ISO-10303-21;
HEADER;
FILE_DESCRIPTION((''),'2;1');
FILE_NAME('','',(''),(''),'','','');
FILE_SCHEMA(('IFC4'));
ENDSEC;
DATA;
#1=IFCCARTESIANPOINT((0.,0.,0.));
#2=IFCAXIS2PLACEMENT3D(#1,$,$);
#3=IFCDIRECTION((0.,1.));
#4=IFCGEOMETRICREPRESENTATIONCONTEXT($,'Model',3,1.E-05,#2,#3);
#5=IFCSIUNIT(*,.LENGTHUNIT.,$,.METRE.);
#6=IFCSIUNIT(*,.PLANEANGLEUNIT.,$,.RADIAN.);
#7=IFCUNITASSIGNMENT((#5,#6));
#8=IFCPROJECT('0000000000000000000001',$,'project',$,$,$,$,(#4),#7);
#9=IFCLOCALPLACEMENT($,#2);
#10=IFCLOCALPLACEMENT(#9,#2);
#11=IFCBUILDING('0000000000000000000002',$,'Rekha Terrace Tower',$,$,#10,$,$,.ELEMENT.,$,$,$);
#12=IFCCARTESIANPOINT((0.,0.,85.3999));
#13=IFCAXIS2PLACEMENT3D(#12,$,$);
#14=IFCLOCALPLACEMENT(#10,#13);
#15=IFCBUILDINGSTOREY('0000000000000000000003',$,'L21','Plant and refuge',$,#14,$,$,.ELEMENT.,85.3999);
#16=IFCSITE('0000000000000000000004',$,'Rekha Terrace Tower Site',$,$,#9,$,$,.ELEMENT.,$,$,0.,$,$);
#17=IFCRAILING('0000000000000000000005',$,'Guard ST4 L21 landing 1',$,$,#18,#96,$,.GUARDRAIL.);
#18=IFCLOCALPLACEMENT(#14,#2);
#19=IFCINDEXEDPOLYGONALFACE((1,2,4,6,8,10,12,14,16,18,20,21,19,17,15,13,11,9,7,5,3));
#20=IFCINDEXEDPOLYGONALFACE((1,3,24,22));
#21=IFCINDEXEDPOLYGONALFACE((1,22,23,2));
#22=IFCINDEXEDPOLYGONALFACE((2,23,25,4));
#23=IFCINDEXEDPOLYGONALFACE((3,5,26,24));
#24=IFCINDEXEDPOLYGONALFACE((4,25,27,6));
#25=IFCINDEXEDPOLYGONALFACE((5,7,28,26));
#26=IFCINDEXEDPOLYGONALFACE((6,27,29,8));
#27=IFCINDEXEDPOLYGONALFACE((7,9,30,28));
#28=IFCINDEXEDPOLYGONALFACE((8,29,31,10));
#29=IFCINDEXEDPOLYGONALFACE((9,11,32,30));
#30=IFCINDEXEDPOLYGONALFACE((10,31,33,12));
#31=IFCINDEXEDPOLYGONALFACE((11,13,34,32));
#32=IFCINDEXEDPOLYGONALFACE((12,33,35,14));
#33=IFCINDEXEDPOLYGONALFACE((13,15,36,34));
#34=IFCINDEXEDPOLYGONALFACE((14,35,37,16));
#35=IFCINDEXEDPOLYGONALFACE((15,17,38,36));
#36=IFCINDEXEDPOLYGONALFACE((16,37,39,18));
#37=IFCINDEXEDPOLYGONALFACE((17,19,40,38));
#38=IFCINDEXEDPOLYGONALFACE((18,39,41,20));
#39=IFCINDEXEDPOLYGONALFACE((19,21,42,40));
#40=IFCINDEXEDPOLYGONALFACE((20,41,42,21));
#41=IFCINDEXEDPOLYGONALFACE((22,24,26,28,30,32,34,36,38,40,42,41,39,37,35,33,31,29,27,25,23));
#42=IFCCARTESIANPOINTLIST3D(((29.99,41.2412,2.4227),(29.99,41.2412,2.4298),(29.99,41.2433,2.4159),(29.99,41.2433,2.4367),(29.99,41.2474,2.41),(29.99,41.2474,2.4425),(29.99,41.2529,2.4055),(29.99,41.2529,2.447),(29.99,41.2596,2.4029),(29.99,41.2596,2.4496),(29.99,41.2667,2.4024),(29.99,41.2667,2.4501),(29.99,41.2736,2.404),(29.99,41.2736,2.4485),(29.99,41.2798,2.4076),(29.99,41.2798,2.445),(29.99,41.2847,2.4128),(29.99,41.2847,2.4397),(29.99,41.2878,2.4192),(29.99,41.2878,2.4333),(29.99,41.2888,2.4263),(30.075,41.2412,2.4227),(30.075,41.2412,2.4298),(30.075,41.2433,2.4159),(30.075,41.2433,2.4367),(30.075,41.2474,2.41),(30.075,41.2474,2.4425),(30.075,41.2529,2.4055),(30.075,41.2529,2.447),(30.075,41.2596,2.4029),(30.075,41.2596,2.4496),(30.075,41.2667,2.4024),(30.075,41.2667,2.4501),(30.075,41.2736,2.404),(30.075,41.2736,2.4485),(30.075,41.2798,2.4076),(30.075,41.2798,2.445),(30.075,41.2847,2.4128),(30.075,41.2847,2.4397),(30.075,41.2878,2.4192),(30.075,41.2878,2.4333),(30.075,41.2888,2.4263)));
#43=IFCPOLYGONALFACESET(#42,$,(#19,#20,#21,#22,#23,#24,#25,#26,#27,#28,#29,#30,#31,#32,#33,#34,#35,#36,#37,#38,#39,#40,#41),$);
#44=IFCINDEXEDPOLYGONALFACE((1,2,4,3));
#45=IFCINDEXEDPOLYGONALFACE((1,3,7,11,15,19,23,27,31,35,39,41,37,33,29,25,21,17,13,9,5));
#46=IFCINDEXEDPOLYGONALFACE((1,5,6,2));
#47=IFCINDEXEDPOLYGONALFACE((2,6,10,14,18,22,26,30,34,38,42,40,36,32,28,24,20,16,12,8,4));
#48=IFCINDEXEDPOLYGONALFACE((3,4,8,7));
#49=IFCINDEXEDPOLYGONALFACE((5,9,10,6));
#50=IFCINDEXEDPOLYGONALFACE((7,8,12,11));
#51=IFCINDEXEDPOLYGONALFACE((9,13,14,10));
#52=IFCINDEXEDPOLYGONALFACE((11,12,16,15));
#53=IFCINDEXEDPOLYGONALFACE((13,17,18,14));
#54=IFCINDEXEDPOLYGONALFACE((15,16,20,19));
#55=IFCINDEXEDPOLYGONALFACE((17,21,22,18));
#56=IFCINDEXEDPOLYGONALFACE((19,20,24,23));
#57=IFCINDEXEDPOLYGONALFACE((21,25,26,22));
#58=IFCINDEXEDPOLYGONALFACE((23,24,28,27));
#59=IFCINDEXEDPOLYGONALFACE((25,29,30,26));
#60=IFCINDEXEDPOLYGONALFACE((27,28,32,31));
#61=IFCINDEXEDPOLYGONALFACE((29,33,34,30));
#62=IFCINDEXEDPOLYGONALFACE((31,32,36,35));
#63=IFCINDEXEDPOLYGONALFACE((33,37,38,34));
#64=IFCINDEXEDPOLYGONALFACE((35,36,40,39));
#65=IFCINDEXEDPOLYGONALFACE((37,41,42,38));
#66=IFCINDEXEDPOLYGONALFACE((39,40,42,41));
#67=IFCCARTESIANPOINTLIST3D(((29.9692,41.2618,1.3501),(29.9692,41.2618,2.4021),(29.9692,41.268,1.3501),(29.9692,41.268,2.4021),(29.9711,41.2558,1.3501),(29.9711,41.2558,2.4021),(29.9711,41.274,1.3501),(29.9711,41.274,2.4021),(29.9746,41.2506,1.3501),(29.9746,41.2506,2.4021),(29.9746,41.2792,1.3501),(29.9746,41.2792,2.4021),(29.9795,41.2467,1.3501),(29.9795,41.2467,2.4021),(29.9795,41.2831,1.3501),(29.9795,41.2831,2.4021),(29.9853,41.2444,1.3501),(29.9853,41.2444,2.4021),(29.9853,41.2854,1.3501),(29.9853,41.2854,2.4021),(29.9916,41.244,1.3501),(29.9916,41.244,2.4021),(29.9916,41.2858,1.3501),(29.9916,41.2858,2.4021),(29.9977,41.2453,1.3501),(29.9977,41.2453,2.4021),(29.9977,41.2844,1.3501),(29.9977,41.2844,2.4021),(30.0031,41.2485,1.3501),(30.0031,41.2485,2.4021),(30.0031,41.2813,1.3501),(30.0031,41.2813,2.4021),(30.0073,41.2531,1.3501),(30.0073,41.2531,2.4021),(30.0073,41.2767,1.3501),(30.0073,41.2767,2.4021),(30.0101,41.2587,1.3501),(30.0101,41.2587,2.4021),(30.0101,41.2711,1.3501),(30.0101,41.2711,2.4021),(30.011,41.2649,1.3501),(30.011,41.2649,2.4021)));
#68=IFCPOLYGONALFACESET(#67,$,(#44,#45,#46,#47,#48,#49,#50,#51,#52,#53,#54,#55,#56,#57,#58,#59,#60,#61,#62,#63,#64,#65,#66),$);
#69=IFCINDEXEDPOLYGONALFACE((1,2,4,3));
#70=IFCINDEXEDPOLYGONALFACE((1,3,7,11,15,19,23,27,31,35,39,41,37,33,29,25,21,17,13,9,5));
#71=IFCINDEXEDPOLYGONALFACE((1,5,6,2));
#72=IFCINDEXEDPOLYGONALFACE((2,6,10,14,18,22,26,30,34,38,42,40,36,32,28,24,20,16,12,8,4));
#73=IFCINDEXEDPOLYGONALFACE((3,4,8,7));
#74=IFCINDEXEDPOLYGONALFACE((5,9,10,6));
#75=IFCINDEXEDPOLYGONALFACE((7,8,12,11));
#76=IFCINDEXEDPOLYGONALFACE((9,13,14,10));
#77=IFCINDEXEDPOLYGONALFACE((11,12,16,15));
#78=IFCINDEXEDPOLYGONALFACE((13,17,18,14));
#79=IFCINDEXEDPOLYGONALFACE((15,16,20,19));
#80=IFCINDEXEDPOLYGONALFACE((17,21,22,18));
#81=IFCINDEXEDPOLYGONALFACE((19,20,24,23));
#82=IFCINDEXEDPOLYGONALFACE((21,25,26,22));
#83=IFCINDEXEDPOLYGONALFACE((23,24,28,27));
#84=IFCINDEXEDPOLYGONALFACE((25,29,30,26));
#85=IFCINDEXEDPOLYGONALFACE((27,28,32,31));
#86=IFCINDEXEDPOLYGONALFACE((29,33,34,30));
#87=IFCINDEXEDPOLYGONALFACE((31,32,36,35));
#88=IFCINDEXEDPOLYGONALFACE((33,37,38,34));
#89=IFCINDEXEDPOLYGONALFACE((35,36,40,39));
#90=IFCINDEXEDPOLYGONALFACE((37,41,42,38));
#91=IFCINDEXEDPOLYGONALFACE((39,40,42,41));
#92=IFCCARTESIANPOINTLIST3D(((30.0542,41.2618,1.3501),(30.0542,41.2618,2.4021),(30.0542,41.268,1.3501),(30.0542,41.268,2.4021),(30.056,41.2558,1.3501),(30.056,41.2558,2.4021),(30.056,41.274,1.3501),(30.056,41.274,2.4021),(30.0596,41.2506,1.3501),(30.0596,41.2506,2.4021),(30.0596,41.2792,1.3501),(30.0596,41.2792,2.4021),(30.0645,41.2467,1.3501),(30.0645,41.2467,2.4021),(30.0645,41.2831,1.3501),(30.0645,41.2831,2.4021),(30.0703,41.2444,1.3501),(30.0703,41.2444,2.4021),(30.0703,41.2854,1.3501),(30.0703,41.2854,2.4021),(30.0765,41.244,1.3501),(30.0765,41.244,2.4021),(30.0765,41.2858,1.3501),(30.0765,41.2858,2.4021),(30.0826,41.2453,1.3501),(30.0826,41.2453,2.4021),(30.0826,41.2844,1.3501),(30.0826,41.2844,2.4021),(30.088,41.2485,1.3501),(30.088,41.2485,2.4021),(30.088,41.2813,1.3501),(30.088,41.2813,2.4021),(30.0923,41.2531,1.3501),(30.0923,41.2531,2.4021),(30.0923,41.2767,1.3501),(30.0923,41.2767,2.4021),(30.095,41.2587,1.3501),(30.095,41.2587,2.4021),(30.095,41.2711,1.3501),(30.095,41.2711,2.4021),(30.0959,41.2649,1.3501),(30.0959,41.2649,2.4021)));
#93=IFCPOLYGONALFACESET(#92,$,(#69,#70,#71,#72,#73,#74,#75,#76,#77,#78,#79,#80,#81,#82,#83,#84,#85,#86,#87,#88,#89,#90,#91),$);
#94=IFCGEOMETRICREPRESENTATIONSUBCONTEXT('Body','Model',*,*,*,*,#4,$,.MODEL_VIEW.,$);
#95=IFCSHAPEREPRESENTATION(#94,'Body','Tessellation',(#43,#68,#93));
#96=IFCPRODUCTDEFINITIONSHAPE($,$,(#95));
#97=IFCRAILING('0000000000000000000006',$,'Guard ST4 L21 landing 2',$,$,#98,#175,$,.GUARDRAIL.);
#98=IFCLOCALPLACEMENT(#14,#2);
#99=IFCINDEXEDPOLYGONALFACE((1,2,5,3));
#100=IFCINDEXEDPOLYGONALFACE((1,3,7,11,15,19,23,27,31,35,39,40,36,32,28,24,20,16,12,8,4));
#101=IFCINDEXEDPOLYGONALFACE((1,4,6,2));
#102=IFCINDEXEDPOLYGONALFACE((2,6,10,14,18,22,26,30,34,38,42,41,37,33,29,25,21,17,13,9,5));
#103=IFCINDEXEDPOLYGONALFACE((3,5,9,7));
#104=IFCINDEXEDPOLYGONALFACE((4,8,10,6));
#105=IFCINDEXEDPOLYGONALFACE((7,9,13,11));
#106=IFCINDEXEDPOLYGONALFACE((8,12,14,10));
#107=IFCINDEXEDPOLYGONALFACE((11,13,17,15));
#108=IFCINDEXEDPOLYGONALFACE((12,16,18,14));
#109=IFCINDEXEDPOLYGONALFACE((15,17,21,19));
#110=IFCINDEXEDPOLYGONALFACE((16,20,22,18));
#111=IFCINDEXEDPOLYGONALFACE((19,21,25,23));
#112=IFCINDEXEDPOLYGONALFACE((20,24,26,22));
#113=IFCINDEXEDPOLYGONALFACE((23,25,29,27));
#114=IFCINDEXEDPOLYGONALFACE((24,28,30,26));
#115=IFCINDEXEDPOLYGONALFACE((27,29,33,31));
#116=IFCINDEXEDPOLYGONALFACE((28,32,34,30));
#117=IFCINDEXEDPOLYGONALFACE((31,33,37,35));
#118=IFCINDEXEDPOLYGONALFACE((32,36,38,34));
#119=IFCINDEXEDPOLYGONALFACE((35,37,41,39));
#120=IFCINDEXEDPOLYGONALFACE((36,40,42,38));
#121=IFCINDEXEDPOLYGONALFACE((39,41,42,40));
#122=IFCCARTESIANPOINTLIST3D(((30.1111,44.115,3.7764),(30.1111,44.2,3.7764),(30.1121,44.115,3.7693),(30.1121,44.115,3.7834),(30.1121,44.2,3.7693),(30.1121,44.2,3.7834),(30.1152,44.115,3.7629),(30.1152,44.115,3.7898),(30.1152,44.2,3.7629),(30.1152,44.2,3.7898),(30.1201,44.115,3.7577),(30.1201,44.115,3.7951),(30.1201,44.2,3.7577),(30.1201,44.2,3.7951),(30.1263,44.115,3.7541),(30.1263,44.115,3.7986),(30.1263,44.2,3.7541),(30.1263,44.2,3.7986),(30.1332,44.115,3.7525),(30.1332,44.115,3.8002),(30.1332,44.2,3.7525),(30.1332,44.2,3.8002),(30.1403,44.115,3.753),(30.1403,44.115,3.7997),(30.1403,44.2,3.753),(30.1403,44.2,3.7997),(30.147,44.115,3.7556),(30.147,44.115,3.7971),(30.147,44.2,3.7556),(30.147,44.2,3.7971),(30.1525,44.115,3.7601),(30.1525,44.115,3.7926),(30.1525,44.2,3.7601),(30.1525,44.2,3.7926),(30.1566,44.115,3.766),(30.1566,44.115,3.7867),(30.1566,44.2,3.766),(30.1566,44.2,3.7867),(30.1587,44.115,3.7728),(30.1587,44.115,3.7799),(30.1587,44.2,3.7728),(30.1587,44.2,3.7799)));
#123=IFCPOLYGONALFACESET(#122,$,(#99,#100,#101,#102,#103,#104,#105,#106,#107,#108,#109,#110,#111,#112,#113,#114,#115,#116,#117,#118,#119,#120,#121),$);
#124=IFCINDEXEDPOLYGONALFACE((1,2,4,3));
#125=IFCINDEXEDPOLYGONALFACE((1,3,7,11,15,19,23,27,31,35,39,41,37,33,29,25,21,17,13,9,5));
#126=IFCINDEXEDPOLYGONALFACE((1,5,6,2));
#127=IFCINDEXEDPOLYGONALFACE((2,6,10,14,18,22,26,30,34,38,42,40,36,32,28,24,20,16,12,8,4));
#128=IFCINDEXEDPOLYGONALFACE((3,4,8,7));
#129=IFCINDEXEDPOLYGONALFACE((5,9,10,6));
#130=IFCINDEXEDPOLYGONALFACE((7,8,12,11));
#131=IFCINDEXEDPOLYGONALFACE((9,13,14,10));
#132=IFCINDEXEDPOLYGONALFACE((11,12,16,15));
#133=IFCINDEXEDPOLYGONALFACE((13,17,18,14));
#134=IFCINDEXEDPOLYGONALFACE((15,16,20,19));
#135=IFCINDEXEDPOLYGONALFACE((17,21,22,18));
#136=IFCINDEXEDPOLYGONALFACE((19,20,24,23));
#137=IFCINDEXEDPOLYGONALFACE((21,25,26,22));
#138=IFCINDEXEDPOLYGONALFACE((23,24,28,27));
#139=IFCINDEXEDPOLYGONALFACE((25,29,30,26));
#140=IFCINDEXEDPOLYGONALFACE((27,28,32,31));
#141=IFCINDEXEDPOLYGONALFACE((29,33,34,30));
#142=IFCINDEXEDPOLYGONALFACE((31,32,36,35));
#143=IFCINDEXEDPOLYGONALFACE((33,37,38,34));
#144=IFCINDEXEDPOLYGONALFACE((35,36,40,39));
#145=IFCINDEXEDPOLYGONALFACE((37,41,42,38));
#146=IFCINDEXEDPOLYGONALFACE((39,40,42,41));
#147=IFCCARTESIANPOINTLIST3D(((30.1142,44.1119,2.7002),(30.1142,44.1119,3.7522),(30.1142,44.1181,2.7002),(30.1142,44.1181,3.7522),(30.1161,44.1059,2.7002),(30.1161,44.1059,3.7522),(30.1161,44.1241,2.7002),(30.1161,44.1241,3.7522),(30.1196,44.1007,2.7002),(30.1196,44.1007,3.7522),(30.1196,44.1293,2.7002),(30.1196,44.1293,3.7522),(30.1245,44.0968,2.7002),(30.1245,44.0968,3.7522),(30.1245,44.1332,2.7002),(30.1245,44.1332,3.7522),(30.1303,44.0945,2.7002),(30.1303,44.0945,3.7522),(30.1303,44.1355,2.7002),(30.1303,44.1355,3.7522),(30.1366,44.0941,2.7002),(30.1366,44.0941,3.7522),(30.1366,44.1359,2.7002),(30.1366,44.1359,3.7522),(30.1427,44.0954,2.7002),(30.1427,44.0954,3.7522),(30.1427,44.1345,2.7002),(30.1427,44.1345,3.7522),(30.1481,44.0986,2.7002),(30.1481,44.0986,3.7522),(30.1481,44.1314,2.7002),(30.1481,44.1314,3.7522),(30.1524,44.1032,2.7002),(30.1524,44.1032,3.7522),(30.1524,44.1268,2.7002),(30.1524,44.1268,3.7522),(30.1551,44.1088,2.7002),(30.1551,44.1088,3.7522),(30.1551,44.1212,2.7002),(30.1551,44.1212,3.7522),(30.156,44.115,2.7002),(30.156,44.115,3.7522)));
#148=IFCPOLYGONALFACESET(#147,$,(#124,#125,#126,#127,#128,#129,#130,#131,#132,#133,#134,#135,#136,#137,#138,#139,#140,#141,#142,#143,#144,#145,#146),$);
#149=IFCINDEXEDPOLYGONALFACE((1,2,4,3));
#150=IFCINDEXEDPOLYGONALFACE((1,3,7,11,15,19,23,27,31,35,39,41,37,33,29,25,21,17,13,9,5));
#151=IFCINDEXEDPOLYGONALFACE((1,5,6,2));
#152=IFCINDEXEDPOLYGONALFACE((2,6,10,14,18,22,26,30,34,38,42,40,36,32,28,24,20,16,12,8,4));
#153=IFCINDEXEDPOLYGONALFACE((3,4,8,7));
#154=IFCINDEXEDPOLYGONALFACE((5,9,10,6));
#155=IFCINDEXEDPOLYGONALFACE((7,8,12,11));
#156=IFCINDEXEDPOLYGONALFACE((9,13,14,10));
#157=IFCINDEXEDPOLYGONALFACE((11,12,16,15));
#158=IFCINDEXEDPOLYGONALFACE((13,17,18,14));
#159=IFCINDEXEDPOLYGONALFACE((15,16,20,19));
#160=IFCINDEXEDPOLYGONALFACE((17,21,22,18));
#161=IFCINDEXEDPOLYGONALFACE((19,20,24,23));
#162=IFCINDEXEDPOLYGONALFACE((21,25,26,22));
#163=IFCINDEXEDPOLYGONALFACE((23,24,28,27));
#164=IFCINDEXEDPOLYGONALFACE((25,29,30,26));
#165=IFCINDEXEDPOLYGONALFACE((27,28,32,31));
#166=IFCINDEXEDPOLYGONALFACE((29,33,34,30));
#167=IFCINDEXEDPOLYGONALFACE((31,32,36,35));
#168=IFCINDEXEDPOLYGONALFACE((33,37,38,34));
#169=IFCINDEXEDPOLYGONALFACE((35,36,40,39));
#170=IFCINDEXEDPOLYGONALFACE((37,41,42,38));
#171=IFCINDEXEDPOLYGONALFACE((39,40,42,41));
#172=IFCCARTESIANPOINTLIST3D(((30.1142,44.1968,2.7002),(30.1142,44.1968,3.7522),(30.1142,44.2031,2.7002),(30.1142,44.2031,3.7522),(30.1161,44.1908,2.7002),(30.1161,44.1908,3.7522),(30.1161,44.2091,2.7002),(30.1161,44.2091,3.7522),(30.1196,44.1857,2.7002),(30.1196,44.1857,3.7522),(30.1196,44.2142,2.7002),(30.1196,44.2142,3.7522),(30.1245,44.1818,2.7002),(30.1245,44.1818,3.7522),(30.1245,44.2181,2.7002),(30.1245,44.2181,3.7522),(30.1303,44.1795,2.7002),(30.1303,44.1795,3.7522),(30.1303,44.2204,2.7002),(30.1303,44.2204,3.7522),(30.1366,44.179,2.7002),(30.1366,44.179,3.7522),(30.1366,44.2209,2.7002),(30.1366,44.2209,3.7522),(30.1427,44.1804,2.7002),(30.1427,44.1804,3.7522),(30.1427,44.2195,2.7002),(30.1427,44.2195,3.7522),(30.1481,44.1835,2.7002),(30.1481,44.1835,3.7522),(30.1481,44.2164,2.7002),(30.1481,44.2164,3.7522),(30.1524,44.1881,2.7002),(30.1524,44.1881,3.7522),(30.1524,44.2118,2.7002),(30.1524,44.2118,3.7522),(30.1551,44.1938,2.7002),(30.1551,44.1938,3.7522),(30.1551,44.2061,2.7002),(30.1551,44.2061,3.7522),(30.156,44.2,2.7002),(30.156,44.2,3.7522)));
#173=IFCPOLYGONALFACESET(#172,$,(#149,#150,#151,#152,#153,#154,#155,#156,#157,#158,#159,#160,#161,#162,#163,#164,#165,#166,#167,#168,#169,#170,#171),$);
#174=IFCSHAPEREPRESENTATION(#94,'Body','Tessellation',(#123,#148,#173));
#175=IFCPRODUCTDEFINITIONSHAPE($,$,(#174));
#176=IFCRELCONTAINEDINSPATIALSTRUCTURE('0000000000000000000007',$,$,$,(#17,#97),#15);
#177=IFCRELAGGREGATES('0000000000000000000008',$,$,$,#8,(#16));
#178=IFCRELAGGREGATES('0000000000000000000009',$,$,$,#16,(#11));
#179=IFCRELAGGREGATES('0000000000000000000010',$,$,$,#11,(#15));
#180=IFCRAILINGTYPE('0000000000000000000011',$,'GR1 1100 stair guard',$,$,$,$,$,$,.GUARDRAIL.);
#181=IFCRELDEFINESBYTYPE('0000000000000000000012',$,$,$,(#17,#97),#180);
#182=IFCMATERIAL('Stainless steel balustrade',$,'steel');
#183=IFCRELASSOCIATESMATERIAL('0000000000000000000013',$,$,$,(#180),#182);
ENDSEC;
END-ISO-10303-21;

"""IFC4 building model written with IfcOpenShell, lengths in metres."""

from ifc_helpers import new_model, si_unit, direction, frame, origin, origin_2d, place, context, subcontext, project, spatial, circle, extrude, material, type_object, element, save


model = new_model("IFC4")

# Units and contexts
model_context = context("Model", 3, precision=1e-05, world=origin(), true_north=direction((0.0, 1.0)))
body_context = subcontext(model_context, "Body", "Model", "MODEL_VIEW")
ifc_project = project(units=[si_unit("LENGTHUNIT", "METRE"), si_unit("PLANEANGLEUNIT", "RADIAN")], contexts=[model_context])

# Site, building, storey
site_placement = place(None, origin())
site = spatial("IfcSite", under=ifc_project, at=site_placement, Name="Rekha Terrace Tower Site", CompositionType="ELEMENT", RefElevation=0.0)
building_placement = place(site_placement, origin())
building = spatial("IfcBuilding", under=site, at=building_placement, Name="Rekha Terrace Tower", CompositionType="ELEMENT")
storey_placement = place(building_placement, frame((0.0, 0.0, 85.3999)))
storey = spatial("IfcBuildingStorey", under=building, at=storey_placement, Name="L21", Description="Plant and refuge", CompositionType="ELEMENT", Elevation=85.3999)

# Railings
ifc_material_1 = material(Name="Stainless steel balustrade", Category="steel")
railing_type_1 = type_object("IfcRailingType", Name="GR1 1100 stair guard", PredefinedType="GUARDRAIL", material=ifc_material_1)
railing_1_placement = place(storey_placement, frame((29.99, 41.2649, 1.3501)))
element("IfcRailing", 1, at=railing_1_placement, inside=storey, type_object=railing_type_1, Name="Guard ST4 L21 landing 1", PredefinedType="GUARDRAIL", context=body_context, shape_type="SweptSolid", body=[
    extrude(circle(Radius=0.0239, at=origin_2d()), frame((0.0, 0.0, 1.0762), z_axis=(1.0, 0.0, 0.0), x_axis=(0.0, 1.0, 0.0)), (0.0, 0.0, 1.0), 0.085),
    extrude(circle(Radius=0.021, at=origin_2d()), origin(), (0.0, 0.0, 1.0), 1.052),
    extrude(circle(Radius=0.021, at=origin_2d()), frame((0.085, 0.0, 0.0)), (0.0, 0.0, 1.0), 1.052),
])
for number, where, name in (
    (2, (30.135, 44.115, 2.7002), "Guard ST4 L21 landing 2"),
):
    element("IfcRailing", number, at=place(storey_placement, frame(where)), inside=storey, type_object=railing_type_1, Name=name, PredefinedType="GUARDRAIL", context=body_context, shape_type="SweptSolid", body=[
        extrude(circle(Radius=0.0239, at=origin_2d()), frame((0.0, 0.0, 1.0762), z_axis=(0.0, 1.0, 0.0), x_axis=(-1.0, 0.0, 0.0)), (0.0, 0.0, 1.0), 0.085),
        extrude(circle(Radius=0.021, at=origin_2d()), origin(), (0.0, 0.0, 1.0), 1.052),
        extrude(circle(Radius=0.021, at=origin_2d()), frame((0.0, 0.085, 0.0)), (0.0, 0.0, 1.0), 1.052),
    ])

save(model, "model.ifc")
